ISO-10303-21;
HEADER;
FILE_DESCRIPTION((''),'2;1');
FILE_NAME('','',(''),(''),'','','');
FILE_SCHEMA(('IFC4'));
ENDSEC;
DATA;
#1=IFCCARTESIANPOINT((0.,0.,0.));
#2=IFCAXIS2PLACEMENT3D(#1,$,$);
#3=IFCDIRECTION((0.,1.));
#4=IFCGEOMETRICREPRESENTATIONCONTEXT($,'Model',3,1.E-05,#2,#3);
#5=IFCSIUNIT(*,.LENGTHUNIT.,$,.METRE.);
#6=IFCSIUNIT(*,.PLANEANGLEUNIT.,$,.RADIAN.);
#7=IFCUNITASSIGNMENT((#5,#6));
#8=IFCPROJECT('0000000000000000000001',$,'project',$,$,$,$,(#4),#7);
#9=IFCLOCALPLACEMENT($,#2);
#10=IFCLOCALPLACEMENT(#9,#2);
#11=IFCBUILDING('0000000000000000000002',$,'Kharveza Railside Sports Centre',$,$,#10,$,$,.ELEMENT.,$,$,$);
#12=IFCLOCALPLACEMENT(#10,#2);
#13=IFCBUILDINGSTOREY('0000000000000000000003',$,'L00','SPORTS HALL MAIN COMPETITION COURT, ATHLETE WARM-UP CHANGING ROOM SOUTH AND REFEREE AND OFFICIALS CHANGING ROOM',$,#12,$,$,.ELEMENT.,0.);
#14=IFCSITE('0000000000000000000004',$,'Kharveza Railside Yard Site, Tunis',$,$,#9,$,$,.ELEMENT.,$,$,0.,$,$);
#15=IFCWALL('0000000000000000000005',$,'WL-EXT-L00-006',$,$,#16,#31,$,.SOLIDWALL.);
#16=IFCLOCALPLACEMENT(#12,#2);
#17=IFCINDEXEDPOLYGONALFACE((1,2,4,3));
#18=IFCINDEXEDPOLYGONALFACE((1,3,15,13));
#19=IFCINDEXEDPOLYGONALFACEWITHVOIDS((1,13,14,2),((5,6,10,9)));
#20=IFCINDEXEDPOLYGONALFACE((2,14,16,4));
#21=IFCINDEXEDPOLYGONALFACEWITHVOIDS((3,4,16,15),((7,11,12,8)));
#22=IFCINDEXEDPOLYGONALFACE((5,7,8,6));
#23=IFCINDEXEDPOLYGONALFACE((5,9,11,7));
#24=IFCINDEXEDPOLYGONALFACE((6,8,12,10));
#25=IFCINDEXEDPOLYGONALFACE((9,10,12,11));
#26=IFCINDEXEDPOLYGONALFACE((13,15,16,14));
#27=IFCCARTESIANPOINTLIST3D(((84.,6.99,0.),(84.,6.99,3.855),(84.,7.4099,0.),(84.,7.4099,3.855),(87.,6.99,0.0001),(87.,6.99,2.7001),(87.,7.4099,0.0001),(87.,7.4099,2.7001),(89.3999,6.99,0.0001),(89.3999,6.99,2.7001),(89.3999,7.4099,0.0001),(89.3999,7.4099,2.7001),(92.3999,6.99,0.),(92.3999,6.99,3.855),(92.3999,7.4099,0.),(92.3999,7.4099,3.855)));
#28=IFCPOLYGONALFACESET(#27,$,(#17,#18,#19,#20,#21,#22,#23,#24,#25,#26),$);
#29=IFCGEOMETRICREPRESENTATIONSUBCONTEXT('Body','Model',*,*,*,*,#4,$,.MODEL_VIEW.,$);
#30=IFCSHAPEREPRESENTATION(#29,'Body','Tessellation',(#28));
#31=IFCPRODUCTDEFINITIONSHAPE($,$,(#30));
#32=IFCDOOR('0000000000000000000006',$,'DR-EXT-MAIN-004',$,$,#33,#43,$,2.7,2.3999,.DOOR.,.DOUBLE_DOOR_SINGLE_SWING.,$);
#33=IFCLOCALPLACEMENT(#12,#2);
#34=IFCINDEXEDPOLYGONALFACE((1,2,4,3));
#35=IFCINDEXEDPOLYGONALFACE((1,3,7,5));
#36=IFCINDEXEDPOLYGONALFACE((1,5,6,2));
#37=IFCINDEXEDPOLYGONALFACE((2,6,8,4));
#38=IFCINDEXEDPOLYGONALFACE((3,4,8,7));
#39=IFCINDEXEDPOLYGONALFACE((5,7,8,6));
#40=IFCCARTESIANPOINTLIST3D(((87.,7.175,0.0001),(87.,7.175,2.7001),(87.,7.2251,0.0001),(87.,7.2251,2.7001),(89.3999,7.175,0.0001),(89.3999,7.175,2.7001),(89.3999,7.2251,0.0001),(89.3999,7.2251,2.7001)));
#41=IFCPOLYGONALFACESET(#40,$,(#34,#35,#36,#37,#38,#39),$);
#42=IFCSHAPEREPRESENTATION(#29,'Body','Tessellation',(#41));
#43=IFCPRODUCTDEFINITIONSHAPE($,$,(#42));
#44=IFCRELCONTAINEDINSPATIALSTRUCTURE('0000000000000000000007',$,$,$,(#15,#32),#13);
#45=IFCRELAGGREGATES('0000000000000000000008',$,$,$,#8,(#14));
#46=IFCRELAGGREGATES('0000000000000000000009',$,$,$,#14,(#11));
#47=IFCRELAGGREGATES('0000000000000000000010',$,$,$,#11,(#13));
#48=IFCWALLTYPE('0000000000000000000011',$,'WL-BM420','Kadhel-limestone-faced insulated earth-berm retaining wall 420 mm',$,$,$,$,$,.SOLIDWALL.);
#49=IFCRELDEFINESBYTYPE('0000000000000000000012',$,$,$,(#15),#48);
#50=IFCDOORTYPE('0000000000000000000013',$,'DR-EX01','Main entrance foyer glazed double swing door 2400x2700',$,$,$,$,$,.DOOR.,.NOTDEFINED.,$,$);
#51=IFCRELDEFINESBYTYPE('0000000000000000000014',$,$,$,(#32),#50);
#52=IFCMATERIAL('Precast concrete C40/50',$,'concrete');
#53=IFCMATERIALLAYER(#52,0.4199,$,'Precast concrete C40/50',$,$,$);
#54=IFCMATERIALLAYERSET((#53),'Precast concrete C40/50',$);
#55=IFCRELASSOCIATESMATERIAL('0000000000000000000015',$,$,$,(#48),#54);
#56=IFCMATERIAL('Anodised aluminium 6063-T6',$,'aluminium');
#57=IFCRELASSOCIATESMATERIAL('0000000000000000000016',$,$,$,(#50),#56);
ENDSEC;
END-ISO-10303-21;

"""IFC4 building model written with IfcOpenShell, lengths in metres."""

from ifc_helpers import new_model, si_unit, direction, frame, frame_2d, origin, place, context, subcontext, project, spatial, rectangle, extrude, material, layer, layer_set, type_object, element, fill, save


model = new_model("IFC4")

# Units and contexts
model_context = context("Model", 3, precision=1e-05, world=origin(), true_north=direction((0.0, 1.0)))
body_context = subcontext(model_context, "Body", "Model", "MODEL_VIEW")
ifc_project = project(units=[si_unit("LENGTHUNIT", "METRE"), si_unit("PLANEANGLEUNIT", "RADIAN")], contexts=[model_context])

# Site, building, storey
site_placement = place(None, origin())
site = spatial("IfcSite", under=ifc_project, at=site_placement, Name="Kharveza Railside Yard Site, Tunis", CompositionType="ELEMENT", RefElevation=0.0)
building_placement = place(site_placement, origin())
building = spatial("IfcBuilding", under=site, at=building_placement, Name="Kharveza Railside Sports Centre", CompositionType="ELEMENT")
storey_placement = place(building_placement, origin())
storey = spatial("IfcBuildingStorey", under=building, at=storey_placement, Name="L00", Description="SPORTS HALL MAIN COMPETITION COURT, ATHLETE WARM-UP CHANGING ROOM SOUTH AND REFEREE AND OFFICIALS CHANGING ROOM", CompositionType="ELEMENT", Elevation=0.0)

# Wall, opening, door
ifc_material_1 = material(Name="Precast concrete C40/50", Category="concrete")
ifc_layer_1 = layer(ifc_material_1, 0.4199, Name="Precast concrete C40/50")
ifc_layer_set_1 = layer_set([ifc_layer_1], Name="Precast concrete C40/50")
wall_type_1 = type_object("IfcWallType", Name="WL-BM420", Description="Kadhel-limestone-faced insulated earth-berm retaining wall 420 mm", PredefinedType="SOLIDWALL", material=ifc_layer_set_1)
wall_1_placement = place(storey_placement, frame((84.0, 7.2, 0.0), z_axis=(0.0, 0.0, 1.0), x_axis=(1.0, 0.0, 0.0)))
wall_1 = element("IfcWall", 1, at=wall_1_placement, inside=storey, type_object=wall_type_1, Name="WL-EXT-L00-006", PredefinedType="SOLIDWALL", context=body_context, shape_type="SweptSolid", body=[
    extrude(rectangle(XDim=8.3999, YDim=0.4199, at=frame_2d((4.2, 0.0))), origin(), (0.0, 0.0, 1.0), 3.855),
])
opening_1_placement = place(wall_1_placement, frame((3.0, 0.0, 0.0)))
opening_1 = element("IfcOpeningElement", 2, at=opening_1_placement, cuts=wall_1, PredefinedType="OPENING", context=body_context, shape_type="SweptSolid", body=[
    extrude(rectangle(XDim=2.3999, YDim=2.7, at=frame_2d((1.2, 1.3501))), frame((0.0, 0.2349, 0.0), z_axis=(0.0, -1.0, 0.0), x_axis=(1.0, 0.0, 0.0)), (0.0, 0.0, 1.0), 0.4697),
])
ifc_material_2 = material(Name="Anodised aluminium 6063-T6", Category="aluminium")
door_type_1 = type_object("IfcDoorType", Name="DR-EX01", Description="Main entrance foyer glazed double swing door 2400x2700", OperationType="NOTDEFINED", PredefinedType="DOOR", material=ifc_material_2)
door_1_placement = place(opening_1_placement, frame((2.3999, 0.0, 0.0), z_axis=(0.0, 0.0, 1.0), x_axis=(-1.0, 0.0, 0.0)))
door_1 = element("IfcDoor", 3, at=door_1_placement, inside=storey, type_object=door_type_1, Name="DR-EXT-MAIN-004", OperationType="DOUBLE_DOOR_SINGLE_SWING", OverallHeight=2.7, OverallWidth=2.3999, PredefinedType="DOOR", context=body_context, shape_type="SweptSolid", body=[
    extrude(rectangle(XDim=2.3999, YDim=2.7, at=frame_2d((1.2, 1.3501))), frame((0.0, 0.0249, 0.0), z_axis=(0.0, -1.0, 0.0), x_axis=(1.0, 0.0, 0.0)), (0.0, 0.0, 1.0), 0.05),
])
fill(opening_1, door_1)

save(model, "model.ifc")
